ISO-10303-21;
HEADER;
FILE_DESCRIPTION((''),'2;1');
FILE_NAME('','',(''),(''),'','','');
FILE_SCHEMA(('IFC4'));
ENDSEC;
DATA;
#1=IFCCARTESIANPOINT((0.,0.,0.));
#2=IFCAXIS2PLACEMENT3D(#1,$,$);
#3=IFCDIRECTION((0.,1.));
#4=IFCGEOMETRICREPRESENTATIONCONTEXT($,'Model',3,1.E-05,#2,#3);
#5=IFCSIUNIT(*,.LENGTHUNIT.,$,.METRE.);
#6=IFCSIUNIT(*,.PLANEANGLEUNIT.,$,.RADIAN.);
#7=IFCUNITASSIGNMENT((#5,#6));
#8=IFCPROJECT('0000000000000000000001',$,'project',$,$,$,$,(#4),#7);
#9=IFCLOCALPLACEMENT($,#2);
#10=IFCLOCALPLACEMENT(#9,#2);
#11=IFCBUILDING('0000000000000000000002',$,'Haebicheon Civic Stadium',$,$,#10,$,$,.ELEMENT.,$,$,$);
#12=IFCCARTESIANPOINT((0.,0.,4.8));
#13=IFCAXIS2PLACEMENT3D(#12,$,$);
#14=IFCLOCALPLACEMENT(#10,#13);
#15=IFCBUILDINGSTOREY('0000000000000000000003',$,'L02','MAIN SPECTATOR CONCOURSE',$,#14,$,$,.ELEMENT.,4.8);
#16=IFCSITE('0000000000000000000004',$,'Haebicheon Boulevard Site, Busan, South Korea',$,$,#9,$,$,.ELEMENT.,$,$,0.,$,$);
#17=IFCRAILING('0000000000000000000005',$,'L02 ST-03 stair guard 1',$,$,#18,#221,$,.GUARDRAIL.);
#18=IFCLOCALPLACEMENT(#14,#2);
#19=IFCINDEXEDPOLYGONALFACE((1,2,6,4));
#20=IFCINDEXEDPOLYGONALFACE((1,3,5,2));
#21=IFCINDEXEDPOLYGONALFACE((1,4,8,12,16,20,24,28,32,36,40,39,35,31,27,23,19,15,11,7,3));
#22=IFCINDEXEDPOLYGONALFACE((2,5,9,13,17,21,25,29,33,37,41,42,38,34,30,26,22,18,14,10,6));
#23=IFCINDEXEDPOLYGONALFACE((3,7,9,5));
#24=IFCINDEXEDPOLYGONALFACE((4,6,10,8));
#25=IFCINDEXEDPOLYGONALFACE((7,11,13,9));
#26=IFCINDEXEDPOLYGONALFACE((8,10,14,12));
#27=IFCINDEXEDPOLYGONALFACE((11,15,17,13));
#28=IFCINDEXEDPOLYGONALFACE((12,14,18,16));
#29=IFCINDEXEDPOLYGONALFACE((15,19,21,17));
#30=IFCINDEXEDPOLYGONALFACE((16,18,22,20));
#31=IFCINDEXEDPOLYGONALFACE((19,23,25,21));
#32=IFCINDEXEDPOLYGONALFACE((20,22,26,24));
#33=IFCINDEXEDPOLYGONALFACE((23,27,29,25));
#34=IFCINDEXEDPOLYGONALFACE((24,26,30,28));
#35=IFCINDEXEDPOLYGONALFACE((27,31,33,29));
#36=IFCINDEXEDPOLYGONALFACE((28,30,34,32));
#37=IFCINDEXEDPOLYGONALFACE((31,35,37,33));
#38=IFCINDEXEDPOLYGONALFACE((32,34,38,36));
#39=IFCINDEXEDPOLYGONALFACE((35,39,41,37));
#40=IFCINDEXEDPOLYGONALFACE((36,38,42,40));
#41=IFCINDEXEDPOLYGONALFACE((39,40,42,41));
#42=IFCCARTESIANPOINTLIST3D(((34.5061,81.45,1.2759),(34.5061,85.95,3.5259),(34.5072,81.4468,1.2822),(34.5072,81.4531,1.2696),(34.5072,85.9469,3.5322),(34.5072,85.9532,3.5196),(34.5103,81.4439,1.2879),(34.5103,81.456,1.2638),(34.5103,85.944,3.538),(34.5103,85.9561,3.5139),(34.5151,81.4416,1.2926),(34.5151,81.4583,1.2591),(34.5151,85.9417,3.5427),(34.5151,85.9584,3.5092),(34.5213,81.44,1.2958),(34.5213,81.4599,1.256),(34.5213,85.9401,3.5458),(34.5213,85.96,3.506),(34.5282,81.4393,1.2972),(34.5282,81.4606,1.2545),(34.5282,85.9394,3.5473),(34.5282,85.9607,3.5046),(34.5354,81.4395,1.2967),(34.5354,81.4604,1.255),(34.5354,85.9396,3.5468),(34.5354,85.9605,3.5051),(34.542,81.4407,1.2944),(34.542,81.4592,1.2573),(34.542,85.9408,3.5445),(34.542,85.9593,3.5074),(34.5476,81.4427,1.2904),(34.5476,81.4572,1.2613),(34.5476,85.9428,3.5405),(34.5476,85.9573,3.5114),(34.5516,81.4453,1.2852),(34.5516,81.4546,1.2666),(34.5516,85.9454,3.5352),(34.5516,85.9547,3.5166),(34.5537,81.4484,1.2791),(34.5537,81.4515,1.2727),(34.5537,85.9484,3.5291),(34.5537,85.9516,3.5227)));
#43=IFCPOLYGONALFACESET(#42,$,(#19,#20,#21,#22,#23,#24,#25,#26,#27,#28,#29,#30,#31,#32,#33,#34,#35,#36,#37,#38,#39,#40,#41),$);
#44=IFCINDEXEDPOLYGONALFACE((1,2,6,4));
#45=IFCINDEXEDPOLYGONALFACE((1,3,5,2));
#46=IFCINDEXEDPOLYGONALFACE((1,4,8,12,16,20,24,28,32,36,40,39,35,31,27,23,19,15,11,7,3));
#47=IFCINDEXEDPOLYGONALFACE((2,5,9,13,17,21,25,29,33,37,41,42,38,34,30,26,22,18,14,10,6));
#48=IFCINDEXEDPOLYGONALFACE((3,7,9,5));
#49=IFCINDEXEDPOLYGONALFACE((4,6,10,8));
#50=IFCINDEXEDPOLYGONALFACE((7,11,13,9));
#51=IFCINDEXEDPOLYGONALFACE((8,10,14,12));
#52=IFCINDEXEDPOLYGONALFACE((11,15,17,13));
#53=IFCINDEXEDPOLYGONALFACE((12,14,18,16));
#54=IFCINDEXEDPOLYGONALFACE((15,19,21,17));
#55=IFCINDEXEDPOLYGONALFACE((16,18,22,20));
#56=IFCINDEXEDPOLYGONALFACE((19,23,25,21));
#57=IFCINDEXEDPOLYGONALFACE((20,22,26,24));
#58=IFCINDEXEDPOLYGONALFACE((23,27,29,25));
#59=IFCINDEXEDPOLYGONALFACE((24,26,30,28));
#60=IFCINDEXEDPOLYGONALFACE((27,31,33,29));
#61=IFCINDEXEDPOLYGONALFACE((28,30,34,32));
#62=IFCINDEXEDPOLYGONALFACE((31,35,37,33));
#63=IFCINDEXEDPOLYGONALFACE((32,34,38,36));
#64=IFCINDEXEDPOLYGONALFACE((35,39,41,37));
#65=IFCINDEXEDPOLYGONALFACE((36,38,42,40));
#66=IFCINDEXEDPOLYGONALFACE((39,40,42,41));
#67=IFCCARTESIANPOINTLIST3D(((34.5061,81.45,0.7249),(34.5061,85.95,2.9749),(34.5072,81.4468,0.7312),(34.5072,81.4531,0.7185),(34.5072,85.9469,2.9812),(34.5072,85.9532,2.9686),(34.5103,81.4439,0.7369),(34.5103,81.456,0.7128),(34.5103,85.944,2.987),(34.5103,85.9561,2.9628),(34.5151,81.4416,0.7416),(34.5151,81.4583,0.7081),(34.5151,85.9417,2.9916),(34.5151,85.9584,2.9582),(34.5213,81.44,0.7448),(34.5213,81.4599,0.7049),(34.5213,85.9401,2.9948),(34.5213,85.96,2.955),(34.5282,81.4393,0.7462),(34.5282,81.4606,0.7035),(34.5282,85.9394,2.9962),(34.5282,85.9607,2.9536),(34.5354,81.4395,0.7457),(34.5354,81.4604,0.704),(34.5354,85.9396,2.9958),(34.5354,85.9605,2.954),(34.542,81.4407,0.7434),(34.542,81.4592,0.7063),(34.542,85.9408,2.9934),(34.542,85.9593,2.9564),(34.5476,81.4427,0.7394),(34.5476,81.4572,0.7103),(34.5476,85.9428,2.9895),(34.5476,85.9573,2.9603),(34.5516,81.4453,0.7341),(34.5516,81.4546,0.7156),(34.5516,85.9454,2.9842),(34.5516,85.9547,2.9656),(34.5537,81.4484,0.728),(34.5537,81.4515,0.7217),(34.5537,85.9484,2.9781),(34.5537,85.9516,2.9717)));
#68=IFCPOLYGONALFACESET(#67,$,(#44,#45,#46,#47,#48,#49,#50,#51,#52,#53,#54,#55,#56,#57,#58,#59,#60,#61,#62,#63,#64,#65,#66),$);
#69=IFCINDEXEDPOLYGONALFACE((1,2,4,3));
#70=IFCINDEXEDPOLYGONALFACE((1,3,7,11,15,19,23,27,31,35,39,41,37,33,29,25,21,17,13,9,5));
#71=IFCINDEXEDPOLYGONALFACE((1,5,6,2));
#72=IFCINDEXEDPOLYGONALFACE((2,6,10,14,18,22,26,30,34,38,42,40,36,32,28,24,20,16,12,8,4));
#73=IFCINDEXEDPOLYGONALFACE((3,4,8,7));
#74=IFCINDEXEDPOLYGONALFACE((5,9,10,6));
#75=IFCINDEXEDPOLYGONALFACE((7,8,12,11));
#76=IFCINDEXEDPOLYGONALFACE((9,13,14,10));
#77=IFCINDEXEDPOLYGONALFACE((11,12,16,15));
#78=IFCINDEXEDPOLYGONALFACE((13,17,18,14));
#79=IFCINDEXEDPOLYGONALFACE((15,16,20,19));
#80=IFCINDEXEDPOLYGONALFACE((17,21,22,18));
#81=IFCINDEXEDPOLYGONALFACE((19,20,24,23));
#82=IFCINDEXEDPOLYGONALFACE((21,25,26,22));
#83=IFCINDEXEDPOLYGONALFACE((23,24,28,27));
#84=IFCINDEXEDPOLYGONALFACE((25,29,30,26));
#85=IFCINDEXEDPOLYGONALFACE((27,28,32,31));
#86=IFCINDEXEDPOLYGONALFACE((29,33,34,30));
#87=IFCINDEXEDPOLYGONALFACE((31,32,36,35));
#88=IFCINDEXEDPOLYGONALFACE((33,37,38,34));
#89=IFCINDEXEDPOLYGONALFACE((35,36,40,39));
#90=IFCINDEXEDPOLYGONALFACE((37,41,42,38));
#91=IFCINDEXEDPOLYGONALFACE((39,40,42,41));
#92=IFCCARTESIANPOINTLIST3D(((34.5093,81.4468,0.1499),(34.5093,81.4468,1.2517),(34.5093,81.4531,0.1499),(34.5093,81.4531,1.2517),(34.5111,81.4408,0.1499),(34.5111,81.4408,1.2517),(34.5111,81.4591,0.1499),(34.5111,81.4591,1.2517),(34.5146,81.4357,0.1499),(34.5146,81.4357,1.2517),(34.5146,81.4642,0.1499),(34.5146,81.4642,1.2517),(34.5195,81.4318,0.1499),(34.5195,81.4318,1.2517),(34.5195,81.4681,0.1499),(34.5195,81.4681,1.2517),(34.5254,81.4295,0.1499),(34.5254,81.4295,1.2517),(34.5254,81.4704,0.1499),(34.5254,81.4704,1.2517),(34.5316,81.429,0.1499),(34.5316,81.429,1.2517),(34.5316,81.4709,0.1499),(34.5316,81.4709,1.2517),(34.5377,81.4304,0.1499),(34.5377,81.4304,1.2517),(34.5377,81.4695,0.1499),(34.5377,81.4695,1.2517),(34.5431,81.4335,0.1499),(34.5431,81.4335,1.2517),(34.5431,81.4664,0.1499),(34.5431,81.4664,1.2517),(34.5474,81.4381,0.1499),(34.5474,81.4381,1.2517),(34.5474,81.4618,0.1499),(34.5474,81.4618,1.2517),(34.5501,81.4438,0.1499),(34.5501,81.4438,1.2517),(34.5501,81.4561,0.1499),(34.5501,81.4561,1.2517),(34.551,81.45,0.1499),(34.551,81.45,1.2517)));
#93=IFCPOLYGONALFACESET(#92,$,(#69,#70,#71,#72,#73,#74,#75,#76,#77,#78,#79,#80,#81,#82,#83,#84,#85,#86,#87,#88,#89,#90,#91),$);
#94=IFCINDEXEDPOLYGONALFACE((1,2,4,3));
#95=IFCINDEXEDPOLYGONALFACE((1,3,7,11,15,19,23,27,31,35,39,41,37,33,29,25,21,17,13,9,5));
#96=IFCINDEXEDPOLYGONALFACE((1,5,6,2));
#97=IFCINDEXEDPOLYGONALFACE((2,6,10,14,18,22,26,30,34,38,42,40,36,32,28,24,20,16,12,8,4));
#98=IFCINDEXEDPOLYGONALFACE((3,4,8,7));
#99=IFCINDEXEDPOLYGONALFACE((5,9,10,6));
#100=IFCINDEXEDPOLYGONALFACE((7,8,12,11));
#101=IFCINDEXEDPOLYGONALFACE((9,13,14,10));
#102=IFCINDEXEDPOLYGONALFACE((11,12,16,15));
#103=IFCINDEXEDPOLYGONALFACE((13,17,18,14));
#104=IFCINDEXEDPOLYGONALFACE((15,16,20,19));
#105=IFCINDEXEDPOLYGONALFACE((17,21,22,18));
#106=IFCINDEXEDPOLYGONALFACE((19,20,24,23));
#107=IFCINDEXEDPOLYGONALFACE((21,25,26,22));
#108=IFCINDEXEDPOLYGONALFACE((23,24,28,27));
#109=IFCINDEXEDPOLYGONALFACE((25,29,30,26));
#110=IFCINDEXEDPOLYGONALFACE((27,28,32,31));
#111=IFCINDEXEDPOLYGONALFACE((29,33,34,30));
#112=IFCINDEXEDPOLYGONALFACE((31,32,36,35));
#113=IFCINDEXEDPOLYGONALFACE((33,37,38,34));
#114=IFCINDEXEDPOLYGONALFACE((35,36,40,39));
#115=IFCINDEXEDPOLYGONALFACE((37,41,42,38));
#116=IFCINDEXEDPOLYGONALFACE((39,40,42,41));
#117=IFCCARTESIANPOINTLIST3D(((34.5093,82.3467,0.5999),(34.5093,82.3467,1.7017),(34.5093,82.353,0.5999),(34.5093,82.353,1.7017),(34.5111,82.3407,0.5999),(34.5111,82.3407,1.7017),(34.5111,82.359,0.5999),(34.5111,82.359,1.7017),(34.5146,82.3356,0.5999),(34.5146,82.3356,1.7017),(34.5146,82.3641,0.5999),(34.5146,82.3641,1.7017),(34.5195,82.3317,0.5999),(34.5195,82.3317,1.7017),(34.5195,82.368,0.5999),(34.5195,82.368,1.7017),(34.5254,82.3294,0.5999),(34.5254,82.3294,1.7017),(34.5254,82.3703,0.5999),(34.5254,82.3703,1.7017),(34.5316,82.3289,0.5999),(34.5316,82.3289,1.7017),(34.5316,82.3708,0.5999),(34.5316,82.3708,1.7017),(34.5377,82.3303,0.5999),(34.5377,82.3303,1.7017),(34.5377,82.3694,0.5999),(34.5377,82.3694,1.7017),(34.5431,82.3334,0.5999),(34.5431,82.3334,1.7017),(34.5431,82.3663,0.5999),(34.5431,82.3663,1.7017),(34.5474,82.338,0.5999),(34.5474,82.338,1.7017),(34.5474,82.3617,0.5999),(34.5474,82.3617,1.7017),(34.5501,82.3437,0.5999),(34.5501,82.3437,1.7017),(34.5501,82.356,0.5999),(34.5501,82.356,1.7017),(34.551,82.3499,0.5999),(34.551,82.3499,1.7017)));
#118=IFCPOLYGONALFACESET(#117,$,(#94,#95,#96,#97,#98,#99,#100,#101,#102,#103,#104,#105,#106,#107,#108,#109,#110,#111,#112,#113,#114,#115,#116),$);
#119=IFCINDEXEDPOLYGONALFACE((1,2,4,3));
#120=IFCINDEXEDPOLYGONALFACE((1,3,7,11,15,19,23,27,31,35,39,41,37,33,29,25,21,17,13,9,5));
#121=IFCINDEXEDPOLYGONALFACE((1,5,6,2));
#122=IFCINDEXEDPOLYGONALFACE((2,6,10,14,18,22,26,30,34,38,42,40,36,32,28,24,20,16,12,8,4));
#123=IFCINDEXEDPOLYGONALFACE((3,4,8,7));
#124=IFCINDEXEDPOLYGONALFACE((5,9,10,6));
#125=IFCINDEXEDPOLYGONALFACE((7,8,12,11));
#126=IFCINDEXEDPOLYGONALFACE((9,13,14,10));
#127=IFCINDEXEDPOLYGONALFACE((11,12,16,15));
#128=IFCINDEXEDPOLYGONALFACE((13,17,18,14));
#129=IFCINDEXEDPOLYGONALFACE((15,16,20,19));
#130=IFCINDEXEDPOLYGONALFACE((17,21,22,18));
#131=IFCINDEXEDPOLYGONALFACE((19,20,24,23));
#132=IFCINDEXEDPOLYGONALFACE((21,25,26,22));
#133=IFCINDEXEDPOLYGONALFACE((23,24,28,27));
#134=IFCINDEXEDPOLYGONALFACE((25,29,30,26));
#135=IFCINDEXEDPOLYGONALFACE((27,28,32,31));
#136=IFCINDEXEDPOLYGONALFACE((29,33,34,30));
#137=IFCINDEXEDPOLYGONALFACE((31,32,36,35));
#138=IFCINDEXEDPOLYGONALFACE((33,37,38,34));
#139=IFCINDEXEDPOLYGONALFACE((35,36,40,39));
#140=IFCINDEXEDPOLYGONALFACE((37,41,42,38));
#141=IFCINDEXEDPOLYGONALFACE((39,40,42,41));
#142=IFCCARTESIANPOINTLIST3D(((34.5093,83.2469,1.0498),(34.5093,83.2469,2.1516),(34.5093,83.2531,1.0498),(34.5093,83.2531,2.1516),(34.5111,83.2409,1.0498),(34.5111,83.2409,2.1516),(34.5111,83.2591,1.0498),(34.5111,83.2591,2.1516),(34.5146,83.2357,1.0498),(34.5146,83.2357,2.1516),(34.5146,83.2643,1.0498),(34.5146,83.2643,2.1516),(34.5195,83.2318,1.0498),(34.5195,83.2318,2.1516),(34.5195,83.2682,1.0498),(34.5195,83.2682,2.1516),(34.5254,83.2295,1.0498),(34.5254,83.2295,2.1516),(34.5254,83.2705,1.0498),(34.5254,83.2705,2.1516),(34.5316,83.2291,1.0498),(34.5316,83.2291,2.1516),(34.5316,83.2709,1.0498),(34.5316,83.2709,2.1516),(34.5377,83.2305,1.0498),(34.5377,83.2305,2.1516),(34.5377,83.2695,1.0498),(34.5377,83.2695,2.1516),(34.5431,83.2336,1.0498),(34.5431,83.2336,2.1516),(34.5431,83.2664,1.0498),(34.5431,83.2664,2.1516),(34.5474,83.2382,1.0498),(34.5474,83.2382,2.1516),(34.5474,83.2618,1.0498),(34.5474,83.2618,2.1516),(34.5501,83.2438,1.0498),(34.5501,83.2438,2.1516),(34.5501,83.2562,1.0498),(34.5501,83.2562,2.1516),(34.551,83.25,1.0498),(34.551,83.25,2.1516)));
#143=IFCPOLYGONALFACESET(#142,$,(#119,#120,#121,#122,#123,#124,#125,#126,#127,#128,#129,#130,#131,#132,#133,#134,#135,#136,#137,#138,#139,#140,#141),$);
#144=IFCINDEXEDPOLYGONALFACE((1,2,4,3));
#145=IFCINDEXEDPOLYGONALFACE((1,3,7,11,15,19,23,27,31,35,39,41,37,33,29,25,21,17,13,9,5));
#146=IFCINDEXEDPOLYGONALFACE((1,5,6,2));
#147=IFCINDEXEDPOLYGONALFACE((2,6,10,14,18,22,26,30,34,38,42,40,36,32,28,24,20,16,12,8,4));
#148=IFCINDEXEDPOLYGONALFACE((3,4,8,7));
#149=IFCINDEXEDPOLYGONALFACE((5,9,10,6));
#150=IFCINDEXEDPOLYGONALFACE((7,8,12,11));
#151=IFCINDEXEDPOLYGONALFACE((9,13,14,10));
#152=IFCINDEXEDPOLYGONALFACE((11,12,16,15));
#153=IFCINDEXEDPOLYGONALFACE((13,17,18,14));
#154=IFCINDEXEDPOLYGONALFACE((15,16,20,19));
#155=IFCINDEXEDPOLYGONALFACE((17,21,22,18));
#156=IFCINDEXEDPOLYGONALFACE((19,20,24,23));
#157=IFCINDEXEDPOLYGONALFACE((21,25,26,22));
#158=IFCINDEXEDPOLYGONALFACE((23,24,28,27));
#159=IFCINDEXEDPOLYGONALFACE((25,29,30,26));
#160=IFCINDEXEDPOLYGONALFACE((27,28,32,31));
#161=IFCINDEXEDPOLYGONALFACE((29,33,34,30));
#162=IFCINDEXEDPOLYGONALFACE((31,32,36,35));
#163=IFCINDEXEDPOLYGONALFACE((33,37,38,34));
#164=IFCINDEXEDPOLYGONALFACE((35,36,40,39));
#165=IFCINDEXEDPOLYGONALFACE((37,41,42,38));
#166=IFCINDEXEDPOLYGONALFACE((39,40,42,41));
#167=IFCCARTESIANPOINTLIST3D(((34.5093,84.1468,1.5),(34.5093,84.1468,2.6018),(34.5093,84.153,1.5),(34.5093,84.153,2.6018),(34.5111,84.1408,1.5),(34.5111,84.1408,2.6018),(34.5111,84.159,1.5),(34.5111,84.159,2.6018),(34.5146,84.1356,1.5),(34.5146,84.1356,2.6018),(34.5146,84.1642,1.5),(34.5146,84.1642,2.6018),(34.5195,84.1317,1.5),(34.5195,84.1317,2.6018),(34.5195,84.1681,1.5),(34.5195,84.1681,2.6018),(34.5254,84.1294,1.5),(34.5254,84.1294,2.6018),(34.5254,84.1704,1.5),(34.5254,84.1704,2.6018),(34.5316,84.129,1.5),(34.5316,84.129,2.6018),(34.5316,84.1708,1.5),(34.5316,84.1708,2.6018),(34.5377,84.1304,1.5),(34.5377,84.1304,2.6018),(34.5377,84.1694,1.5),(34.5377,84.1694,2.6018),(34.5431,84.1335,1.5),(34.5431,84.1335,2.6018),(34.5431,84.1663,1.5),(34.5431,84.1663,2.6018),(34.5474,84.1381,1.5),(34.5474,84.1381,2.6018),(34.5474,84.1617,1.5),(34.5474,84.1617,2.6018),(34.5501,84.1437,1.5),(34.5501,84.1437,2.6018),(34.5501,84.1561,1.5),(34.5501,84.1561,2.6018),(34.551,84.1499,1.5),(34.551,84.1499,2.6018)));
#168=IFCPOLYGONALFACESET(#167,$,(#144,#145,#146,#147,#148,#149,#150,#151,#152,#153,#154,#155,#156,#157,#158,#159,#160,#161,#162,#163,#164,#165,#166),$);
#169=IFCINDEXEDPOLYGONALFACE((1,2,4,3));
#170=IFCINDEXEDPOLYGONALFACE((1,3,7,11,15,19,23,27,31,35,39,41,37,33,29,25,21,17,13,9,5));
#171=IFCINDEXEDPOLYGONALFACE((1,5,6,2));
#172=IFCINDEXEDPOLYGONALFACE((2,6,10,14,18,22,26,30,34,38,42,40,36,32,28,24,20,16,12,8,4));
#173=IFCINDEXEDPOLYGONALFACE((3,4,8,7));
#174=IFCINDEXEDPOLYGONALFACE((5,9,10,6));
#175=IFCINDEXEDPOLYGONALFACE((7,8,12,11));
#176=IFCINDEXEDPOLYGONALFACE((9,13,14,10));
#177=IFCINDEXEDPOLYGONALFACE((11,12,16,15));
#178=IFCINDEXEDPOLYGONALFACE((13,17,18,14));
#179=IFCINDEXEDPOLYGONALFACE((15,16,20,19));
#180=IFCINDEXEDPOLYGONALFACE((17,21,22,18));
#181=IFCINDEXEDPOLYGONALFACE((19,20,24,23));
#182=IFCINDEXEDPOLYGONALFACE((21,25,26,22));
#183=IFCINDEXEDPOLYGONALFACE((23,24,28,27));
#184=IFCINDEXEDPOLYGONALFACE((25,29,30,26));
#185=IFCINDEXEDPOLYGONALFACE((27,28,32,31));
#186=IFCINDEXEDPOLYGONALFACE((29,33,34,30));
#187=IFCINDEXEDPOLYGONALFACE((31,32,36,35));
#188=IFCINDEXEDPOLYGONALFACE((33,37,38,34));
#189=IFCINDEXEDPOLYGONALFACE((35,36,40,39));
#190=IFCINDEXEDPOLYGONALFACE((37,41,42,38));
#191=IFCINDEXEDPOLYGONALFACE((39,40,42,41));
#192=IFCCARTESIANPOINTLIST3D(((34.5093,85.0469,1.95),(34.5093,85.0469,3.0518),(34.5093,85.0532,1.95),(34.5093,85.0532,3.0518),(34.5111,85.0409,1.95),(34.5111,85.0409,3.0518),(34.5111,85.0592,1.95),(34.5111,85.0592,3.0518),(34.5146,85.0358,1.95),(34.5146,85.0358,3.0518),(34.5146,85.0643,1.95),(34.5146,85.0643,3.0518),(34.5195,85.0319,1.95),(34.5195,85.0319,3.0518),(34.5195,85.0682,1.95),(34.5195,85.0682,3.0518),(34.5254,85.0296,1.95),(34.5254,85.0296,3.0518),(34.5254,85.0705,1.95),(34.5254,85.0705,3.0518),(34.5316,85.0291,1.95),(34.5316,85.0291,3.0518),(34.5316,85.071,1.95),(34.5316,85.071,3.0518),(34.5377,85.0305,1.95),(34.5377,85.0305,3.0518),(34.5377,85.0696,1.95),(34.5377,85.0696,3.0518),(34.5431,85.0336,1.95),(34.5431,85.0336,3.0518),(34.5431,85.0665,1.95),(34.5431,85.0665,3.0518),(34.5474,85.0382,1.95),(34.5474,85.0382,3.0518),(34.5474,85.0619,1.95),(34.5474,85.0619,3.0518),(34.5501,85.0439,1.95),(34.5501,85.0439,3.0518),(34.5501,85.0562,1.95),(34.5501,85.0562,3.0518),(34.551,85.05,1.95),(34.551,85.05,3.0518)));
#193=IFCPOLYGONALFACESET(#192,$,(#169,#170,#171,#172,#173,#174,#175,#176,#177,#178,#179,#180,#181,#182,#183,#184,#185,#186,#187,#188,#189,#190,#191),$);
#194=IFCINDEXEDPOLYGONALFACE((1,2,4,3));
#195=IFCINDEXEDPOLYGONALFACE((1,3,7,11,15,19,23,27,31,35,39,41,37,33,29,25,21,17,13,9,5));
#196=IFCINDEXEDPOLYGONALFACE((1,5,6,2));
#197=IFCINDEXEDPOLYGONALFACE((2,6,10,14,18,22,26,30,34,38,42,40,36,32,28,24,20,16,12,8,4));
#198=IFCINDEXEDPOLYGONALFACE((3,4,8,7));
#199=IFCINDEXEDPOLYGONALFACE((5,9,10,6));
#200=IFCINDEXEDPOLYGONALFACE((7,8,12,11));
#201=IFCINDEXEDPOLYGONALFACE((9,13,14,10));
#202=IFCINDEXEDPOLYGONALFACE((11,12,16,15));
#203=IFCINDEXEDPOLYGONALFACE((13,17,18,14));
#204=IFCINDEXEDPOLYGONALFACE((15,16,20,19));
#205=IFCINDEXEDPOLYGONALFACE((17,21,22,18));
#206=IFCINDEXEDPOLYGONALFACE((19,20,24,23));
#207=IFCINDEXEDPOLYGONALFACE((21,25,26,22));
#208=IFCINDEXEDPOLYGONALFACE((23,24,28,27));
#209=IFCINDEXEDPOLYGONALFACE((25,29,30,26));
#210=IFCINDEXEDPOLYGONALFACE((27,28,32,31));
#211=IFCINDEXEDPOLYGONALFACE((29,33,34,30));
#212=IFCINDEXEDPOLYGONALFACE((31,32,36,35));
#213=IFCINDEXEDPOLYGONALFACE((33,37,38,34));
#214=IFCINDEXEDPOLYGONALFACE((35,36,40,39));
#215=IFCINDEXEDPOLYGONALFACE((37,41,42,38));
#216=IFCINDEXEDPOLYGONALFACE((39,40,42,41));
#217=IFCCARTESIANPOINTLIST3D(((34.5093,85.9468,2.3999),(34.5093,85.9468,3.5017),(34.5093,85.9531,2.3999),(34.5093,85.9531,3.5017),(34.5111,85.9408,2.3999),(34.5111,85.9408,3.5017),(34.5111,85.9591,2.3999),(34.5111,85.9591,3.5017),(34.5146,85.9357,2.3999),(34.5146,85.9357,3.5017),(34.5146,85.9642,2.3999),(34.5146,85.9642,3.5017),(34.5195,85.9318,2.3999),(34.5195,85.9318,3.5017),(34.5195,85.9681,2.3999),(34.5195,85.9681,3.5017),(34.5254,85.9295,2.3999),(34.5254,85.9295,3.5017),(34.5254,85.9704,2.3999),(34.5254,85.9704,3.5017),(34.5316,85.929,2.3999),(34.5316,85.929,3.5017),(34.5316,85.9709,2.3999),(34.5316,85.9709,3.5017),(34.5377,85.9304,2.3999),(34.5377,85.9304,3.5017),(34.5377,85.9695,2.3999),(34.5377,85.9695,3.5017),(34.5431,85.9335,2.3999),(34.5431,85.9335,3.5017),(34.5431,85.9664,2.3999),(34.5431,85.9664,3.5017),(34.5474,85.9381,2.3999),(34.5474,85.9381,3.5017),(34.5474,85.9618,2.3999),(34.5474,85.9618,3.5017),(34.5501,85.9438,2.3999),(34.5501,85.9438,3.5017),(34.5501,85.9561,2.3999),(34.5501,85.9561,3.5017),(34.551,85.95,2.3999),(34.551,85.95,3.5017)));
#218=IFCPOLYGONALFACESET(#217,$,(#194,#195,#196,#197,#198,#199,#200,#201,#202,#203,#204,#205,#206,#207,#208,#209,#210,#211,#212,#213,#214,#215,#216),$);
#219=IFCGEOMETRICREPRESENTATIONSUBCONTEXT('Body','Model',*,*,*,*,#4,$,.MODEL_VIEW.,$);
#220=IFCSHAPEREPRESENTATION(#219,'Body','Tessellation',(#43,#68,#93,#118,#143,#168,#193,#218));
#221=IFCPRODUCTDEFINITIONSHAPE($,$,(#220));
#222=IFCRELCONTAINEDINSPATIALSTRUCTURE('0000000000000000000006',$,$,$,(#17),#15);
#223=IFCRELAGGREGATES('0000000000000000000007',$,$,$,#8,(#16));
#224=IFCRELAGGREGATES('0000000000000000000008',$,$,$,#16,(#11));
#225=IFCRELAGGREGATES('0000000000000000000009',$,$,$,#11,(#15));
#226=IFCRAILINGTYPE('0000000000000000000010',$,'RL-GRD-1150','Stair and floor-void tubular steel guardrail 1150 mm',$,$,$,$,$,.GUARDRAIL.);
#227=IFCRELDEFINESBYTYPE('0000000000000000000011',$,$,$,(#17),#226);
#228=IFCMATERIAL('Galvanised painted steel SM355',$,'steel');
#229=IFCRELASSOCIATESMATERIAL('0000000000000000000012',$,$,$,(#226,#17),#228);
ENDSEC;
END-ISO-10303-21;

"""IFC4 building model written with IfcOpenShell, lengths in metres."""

from ifc_helpers import new_model, si_unit, direction, frame, origin, origin_2d, place, context, subcontext, project, spatial, circle, extrude, material, type_object, element, save


model = new_model("IFC4")

# Units and contexts
model_context = context("Model", 3, precision=1e-05, world=origin(), true_north=direction((0.0, 1.0)))
body_context = subcontext(model_context, "Body", "Model", "MODEL_VIEW")
ifc_project = project(units=[si_unit("LENGTHUNIT", "METRE"), si_unit("PLANEANGLEUNIT", "RADIAN")], contexts=[model_context])

# Site, building, storey
site_placement = place(None, origin())
site = spatial("IfcSite", under=ifc_project, at=site_placement, Name="Haebicheon Boulevard Site, Busan, South Korea", CompositionType="ELEMENT", RefElevation=0.0)
building_placement = place(site_placement, origin())
building = spatial("IfcBuilding", under=site, at=building_placement, Name="Haebicheon Civic Stadium", CompositionType="ELEMENT")
storey_placement = place(building_placement, frame((0.0, 0.0, 4.8)))
storey = spatial("IfcBuildingStorey", under=building, at=storey_placement, Name="L02", Description="MAIN SPECTATOR CONCOURSE", CompositionType="ELEMENT", Elevation=4.8)

# Railing
ifc_material_1 = material(Name="Galvanised painted steel SM355", Category="steel")
railing_type_1 = type_object("IfcRailingType", Name="RL-GRD-1150", Description="Stair and floor-void tubular steel guardrail 1150 mm", PredefinedType="GUARDRAIL", material=ifc_material_1)
railing_1_placement = place(storey_placement, frame((34.53, 81.45, 0.1499)))
element("IfcRailing", 1, at=railing_1_placement, inside=storey, type_object=railing_type_1, material=ifc_material_1, Name="L02 ST-03 stair guard 1", PredefinedType="GUARDRAIL", context=body_context, shape_type="SweptSolid", body=[
    extrude(circle(Radius=0.0239, at=origin_2d()), frame((0.0, 0.0, 1.126), z_axis=(0.0, 0.894427, 0.447214), x_axis=(-1.0, 0.0, 0.0)), (0.0, 0.0, 1.0), 5.0312),
    extrude(circle(Radius=0.0239, at=origin_2d()), frame((0.0, 0.0, 0.575), z_axis=(0.0, 0.894427, 0.447214), x_axis=(-1.0, 0.0, 0.0)), (0.0, 0.0, 1.0), 5.0312),
    extrude(circle(Radius=0.021, at=origin_2d()), origin(), (0.0, 0.0, 1.0), 1.1018),
    extrude(circle(Radius=0.021, at=origin_2d()), frame((0.0, 0.8999, 0.45)), (0.0, 0.0, 1.0), 1.1018),
    extrude(circle(Radius=0.021, at=origin_2d()), frame((0.0, 1.8, 0.8999)), (0.0, 0.0, 1.0), 1.1018),
    extrude(circle(Radius=0.021, at=origin_2d()), frame((0.0, 2.7, 1.3501)), (0.0, 0.0, 1.0), 1.1018),
    extrude(circle(Radius=0.021, at=origin_2d()), frame((0.0, 3.6001, 1.8)), (0.0, 0.0, 1.0), 1.1018),
    extrude(circle(Radius=0.021, at=origin_2d()), frame((0.0, 4.5, 2.25)), (0.0, 0.0, 1.0), 1.1018),
])

save(model, "model.ifc")
